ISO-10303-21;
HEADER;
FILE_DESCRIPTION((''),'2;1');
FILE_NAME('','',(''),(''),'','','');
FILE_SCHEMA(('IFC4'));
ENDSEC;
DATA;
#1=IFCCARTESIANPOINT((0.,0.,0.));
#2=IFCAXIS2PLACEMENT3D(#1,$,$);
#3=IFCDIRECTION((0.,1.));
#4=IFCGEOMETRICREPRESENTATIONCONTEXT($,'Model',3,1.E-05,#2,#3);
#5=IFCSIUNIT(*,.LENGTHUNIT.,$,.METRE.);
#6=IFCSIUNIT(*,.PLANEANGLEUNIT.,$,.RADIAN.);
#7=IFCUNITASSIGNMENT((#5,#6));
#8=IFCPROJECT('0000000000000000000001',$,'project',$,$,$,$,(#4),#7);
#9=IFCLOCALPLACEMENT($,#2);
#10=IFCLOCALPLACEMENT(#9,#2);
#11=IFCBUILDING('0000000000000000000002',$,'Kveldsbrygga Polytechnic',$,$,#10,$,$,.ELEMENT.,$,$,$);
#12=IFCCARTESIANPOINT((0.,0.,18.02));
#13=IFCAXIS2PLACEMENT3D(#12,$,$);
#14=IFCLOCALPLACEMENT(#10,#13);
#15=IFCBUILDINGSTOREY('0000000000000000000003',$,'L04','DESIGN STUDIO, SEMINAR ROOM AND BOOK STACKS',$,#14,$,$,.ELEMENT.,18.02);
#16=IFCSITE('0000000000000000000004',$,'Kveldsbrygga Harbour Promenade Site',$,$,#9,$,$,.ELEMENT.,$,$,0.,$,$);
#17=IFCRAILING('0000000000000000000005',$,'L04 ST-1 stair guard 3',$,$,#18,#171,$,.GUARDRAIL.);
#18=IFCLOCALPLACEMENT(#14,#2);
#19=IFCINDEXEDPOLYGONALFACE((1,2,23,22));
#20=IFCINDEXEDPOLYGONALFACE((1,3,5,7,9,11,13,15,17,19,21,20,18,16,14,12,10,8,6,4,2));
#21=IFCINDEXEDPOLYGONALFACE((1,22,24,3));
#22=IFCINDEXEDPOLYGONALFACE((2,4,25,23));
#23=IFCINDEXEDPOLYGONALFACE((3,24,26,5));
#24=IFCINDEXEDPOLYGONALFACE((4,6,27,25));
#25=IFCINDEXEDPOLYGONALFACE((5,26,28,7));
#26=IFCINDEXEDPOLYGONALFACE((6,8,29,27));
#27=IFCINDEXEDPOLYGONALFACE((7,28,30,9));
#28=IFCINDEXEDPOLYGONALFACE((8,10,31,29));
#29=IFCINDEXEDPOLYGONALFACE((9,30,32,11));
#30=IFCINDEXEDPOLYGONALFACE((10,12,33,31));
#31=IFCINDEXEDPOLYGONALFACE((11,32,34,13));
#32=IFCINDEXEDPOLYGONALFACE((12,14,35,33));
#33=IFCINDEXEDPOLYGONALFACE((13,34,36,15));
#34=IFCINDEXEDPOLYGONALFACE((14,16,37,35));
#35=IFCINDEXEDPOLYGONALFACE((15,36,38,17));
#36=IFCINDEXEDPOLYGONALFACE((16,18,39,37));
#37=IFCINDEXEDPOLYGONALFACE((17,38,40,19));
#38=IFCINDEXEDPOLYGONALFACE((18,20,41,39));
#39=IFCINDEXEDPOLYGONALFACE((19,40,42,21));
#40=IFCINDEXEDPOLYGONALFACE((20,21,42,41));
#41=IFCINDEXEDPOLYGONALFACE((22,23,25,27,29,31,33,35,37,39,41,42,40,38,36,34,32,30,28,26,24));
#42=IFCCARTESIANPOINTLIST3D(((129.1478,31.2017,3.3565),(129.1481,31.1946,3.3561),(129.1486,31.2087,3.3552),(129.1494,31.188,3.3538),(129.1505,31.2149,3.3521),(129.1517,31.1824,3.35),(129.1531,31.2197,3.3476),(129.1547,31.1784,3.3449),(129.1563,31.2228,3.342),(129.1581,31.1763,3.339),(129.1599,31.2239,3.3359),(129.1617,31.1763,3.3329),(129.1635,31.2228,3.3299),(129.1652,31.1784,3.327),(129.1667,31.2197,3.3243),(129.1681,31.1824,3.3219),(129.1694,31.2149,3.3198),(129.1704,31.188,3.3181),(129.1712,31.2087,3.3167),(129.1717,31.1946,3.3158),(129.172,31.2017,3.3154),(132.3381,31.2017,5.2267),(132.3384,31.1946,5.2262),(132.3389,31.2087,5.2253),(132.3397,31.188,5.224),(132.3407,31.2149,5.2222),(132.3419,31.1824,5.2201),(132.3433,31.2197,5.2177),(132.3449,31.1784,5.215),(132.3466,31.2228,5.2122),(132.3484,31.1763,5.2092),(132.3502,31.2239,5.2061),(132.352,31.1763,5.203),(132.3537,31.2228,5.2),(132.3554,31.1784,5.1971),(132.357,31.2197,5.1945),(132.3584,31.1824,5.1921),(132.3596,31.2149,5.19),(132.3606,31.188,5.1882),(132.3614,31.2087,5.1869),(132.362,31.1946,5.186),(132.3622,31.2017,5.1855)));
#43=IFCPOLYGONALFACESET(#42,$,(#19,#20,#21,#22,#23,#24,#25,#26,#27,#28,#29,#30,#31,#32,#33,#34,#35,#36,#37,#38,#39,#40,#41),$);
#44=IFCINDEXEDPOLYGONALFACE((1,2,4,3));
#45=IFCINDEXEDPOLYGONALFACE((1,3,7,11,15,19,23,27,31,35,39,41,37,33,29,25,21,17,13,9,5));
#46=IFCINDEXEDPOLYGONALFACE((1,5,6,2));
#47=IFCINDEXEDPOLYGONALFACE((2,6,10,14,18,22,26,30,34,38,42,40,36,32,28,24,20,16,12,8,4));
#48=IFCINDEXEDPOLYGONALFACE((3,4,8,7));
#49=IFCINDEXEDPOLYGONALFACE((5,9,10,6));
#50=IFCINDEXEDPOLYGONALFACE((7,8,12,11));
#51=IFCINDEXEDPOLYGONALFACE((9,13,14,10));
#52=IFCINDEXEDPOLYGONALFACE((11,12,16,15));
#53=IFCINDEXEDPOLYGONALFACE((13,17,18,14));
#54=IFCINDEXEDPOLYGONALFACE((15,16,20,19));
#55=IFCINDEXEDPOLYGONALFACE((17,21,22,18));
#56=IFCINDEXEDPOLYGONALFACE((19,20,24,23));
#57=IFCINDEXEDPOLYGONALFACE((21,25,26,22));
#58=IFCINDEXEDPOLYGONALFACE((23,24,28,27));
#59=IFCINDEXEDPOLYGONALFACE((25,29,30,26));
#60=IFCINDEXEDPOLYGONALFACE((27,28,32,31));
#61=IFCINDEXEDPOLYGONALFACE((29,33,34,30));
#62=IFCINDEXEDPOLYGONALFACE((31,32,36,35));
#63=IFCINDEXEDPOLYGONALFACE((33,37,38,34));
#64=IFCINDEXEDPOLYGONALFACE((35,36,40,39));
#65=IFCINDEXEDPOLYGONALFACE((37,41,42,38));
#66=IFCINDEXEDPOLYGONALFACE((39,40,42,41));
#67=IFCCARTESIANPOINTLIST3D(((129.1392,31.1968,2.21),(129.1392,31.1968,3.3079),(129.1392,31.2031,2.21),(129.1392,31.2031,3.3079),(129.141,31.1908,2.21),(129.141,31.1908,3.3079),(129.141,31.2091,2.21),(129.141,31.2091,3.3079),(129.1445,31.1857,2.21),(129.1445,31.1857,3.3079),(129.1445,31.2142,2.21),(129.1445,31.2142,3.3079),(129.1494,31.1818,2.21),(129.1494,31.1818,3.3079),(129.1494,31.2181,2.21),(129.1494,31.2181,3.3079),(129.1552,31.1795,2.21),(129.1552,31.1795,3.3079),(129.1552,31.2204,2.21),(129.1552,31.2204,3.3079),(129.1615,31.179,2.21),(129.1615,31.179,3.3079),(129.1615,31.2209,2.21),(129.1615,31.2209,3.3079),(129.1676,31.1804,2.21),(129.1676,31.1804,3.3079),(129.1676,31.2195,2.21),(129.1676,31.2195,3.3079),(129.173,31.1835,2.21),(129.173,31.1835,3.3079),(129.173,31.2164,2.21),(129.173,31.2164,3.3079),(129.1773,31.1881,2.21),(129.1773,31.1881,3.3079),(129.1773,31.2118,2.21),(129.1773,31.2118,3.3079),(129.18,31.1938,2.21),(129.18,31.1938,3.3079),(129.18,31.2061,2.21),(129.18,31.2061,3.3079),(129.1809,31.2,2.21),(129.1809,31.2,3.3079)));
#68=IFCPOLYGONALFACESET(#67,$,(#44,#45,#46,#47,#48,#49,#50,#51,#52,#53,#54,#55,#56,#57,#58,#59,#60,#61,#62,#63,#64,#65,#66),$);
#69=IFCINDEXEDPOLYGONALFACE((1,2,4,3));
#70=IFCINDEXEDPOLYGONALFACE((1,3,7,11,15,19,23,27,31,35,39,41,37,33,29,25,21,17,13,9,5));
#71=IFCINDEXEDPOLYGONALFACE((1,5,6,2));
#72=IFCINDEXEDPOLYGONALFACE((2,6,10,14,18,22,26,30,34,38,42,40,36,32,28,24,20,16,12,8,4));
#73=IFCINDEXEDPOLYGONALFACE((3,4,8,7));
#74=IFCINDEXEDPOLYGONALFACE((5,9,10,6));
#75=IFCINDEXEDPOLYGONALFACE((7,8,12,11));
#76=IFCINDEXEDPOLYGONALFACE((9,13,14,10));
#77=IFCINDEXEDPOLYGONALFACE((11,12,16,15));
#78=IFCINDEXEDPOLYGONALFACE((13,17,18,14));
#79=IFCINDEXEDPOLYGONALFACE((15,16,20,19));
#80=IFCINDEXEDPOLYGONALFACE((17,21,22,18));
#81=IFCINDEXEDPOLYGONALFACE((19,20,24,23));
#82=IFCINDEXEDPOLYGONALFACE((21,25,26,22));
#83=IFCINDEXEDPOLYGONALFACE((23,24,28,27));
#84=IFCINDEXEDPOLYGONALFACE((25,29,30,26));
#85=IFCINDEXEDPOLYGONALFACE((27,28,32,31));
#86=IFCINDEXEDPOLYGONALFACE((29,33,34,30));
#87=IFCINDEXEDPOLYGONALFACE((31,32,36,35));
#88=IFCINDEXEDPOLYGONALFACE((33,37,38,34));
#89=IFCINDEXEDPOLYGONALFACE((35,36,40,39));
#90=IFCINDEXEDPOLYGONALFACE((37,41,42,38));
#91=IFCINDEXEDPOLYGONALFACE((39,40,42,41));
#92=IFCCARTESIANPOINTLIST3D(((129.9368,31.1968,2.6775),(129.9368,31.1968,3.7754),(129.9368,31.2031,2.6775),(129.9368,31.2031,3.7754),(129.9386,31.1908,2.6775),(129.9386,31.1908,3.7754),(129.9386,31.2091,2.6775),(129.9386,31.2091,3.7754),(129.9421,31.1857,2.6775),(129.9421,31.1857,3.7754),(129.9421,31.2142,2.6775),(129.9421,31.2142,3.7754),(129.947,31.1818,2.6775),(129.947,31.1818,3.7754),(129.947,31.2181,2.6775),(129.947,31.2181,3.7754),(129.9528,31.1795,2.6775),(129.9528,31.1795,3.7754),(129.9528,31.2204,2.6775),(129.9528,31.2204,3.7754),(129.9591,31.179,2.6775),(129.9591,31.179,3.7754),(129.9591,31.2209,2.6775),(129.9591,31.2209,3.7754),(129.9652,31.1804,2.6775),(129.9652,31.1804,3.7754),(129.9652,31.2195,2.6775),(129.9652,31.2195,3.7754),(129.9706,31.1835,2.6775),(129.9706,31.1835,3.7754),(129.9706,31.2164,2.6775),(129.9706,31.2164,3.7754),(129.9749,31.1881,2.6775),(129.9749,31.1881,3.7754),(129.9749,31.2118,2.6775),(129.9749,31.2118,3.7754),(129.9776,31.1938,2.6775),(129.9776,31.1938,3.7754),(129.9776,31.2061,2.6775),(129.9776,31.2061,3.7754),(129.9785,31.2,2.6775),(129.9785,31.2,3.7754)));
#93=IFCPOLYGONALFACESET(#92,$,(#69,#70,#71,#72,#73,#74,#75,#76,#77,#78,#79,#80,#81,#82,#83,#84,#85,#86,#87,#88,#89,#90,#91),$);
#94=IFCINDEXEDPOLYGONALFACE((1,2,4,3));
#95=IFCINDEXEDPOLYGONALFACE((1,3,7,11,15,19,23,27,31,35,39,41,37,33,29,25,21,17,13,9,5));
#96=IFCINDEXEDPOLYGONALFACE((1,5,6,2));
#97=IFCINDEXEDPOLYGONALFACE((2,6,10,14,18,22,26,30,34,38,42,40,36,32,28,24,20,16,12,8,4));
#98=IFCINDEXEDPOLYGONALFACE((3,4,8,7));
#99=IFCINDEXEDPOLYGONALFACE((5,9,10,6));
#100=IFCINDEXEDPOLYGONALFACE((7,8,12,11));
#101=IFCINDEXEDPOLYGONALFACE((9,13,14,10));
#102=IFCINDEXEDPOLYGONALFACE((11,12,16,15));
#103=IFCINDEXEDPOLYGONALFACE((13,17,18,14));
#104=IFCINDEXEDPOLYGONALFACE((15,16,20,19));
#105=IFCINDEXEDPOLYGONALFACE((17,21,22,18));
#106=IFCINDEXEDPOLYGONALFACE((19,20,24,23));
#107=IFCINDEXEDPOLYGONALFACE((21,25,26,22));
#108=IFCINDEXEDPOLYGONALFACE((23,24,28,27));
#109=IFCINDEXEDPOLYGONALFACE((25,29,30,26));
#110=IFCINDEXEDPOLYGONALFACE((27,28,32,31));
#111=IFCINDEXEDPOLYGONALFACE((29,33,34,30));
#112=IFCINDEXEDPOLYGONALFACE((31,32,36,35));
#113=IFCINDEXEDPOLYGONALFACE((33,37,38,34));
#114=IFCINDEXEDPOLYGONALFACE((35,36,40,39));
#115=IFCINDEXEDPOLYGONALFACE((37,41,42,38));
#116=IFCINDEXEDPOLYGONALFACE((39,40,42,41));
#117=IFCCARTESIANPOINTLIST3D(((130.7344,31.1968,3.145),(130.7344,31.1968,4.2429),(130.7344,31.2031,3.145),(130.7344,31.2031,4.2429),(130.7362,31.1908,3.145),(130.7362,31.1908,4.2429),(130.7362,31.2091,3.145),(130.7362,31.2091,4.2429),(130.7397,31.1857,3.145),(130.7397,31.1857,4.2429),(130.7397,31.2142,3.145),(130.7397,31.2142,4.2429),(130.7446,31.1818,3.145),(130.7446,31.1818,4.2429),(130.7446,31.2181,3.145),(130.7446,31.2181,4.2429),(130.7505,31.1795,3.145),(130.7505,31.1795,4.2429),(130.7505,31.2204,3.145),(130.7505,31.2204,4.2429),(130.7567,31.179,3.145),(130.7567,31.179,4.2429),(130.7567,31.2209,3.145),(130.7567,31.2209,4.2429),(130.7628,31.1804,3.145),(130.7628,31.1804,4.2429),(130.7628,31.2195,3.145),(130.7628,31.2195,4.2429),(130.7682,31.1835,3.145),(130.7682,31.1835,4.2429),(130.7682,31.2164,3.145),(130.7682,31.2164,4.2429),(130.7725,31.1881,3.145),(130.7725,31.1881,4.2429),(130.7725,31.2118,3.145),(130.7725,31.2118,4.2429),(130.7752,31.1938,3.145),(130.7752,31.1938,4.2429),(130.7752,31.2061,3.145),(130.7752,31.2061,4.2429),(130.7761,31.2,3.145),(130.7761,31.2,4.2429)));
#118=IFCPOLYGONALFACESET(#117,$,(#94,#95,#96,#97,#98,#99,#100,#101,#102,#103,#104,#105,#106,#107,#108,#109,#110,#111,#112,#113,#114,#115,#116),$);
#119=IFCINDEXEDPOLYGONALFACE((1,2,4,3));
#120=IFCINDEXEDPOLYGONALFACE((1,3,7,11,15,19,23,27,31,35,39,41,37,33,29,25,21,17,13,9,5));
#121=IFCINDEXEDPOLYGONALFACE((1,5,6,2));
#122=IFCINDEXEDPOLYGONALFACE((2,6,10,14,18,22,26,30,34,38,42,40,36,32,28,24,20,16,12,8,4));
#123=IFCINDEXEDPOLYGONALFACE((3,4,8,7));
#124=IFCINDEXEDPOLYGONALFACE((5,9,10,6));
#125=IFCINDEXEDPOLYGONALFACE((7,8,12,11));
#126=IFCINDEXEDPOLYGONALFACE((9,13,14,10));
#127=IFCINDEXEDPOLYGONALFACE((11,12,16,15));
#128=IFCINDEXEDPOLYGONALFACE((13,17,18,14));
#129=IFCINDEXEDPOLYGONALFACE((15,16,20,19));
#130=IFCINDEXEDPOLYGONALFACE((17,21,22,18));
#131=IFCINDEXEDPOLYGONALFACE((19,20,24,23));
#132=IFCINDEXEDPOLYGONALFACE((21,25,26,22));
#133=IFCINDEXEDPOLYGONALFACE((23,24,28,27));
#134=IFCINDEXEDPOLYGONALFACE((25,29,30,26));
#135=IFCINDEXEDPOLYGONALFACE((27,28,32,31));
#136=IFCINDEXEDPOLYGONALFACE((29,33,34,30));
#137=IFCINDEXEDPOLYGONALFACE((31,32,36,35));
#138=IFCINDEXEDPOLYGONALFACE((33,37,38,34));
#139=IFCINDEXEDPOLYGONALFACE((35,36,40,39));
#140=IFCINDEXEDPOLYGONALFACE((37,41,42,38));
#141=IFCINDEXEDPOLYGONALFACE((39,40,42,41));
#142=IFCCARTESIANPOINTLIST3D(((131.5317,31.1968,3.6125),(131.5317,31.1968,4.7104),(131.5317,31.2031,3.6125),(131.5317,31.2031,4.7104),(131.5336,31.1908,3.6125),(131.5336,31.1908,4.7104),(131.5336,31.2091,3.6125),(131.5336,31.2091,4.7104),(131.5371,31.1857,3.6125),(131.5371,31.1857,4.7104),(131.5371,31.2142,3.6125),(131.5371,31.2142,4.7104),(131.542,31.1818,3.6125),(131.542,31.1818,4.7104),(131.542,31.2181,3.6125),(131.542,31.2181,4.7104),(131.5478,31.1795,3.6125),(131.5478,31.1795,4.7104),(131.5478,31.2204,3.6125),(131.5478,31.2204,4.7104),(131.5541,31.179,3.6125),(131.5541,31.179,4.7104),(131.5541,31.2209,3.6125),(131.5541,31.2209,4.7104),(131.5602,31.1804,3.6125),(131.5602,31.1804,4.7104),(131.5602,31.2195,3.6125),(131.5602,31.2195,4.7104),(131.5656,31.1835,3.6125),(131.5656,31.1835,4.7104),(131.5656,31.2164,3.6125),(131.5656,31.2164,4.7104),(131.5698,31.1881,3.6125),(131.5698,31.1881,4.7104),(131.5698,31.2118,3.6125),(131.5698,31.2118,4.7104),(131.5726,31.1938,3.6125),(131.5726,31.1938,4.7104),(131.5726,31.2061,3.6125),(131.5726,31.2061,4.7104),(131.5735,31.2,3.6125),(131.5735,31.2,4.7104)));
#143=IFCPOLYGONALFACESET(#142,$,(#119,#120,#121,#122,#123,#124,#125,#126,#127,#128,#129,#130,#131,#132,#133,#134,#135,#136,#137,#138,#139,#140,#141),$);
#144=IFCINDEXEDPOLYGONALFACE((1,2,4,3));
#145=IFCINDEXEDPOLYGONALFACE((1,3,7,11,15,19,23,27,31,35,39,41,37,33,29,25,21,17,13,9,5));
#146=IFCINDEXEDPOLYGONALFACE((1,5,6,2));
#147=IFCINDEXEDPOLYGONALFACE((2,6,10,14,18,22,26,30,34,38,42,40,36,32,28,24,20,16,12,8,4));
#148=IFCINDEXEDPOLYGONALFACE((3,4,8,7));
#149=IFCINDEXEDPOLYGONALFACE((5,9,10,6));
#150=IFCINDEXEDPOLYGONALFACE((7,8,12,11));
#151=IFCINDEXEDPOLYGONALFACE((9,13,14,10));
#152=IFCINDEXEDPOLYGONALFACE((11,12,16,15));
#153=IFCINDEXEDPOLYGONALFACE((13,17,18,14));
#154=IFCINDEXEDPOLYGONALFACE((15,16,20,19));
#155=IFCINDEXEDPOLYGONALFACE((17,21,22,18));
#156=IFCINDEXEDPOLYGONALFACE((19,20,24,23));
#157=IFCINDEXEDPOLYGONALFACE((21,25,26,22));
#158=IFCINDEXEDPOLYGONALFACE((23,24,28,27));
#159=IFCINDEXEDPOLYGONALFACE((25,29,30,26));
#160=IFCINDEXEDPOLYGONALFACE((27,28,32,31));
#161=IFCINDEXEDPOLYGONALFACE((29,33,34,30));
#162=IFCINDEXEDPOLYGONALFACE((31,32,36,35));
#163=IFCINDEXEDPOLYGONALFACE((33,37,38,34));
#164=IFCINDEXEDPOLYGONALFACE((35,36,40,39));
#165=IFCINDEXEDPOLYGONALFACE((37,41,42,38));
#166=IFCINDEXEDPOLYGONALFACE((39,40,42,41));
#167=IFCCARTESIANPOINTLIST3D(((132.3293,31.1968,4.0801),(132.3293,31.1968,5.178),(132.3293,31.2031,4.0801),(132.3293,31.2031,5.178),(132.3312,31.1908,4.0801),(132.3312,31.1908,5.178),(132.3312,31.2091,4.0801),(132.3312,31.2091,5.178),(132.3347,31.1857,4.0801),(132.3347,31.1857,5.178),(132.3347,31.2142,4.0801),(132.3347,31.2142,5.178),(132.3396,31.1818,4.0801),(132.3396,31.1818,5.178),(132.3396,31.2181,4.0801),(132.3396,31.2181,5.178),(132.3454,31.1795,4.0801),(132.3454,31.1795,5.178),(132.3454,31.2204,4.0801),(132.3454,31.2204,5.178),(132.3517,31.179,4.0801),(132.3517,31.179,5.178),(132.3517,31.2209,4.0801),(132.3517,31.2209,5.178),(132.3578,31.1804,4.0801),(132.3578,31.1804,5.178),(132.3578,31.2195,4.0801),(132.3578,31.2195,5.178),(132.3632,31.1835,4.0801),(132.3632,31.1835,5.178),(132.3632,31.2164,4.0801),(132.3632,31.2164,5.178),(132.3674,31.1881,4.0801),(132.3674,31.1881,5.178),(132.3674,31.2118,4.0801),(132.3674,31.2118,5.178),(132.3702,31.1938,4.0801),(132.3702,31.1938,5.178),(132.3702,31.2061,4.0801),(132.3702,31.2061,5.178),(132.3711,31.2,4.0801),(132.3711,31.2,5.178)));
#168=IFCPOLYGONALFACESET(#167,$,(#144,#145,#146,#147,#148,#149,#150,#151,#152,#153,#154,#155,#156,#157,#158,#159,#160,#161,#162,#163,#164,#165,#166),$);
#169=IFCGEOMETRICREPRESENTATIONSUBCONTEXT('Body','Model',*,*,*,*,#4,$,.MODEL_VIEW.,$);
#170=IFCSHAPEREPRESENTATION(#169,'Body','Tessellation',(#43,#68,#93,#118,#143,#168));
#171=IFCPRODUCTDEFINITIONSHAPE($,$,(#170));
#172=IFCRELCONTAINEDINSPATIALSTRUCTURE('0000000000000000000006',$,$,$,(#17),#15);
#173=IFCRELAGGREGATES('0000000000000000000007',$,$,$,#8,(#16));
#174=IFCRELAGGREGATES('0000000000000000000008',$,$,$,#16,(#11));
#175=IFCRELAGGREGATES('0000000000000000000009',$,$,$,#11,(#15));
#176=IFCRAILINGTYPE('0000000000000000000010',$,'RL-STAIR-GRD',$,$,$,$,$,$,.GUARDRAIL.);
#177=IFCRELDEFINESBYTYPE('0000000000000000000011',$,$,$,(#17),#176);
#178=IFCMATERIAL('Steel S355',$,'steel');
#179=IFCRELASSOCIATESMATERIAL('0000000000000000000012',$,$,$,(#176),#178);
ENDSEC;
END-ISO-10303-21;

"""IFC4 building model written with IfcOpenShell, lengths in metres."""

from ifc_helpers import new_model, si_unit, direction, frame, origin, origin_2d, place, context, subcontext, project, spatial, circle, extrude, material, type_object, element, save


model = new_model("IFC4")

# Units and contexts
model_context = context("Model", 3, precision=1e-05, world=origin(), true_north=direction((0.0, 1.0)))
body_context = subcontext(model_context, "Body", "Model", "MODEL_VIEW")
ifc_project = project(units=[si_unit("LENGTHUNIT", "METRE"), si_unit("PLANEANGLEUNIT", "RADIAN")], contexts=[model_context])

# Site, building, storey
site_placement = place(None, origin())
site = spatial("IfcSite", under=ifc_project, at=site_placement, Name="Kveldsbrygga Harbour Promenade Site", CompositionType="ELEMENT", RefElevation=0.0)
building_placement = place(site_placement, origin())
building = spatial("IfcBuilding", under=site, at=building_placement, Name="Kveldsbrygga Polytechnic", CompositionType="ELEMENT")
storey_placement = place(building_placement, frame((0.0, 0.0, 18.02)))
storey = spatial("IfcBuildingStorey", under=building, at=storey_placement, Name="L04", Description="DESIGN STUDIO, SEMINAR ROOM AND BOOK STACKS", CompositionType="ELEMENT", Elevation=18.02)

# Railing
ifc_material_1 = material(Name="Steel S355", Category="steel")
railing_type_1 = type_object("IfcRailingType", Name="RL-STAIR-GRD", PredefinedType="GUARDRAIL", material=ifc_material_1)
railing_1_placement = place(storey_placement, frame((129.1599, 31.2, 2.21)))
element("IfcRailing", 1, at=railing_1_placement, inside=storey, type_object=railing_type_1, Name="L04 ST-1 stair guard 3", PredefinedType="GUARDRAIL", context=body_context, shape_type="SweptSolid", body=[
    extrude(circle(Radius=0.0239, at=origin_2d()), frame((0.0, 0.0, 1.126), z_axis=(0.862697, 0.0, 0.505721), x_axis=(0.0, 1.0, 0.0)), (0.0, 0.0, 1.0), 3.698),
    extrude(circle(Radius=0.021, at=origin_2d()), origin(), (0.0, 0.0, 1.0), 1.0979),
    extrude(circle(Radius=0.021, at=origin_2d()), frame((0.7976, 0.0, 0.4675)), (0.0, 0.0, 1.0), 1.0979),
    extrude(circle(Radius=0.021, at=origin_2d()), frame((1.5952, 0.0, 0.9351)), (0.0, 0.0, 1.0), 1.0979),
    extrude(circle(Radius=0.021, at=origin_2d()), frame((2.3926, 0.0, 1.4026)), (0.0, 0.0, 1.0), 1.0979),
    extrude(circle(Radius=0.021, at=origin_2d()), frame((3.1902, 0.0, 1.8701)), (0.0, 0.0, 1.0), 1.0979),
])

save(model, "model.ifc")
